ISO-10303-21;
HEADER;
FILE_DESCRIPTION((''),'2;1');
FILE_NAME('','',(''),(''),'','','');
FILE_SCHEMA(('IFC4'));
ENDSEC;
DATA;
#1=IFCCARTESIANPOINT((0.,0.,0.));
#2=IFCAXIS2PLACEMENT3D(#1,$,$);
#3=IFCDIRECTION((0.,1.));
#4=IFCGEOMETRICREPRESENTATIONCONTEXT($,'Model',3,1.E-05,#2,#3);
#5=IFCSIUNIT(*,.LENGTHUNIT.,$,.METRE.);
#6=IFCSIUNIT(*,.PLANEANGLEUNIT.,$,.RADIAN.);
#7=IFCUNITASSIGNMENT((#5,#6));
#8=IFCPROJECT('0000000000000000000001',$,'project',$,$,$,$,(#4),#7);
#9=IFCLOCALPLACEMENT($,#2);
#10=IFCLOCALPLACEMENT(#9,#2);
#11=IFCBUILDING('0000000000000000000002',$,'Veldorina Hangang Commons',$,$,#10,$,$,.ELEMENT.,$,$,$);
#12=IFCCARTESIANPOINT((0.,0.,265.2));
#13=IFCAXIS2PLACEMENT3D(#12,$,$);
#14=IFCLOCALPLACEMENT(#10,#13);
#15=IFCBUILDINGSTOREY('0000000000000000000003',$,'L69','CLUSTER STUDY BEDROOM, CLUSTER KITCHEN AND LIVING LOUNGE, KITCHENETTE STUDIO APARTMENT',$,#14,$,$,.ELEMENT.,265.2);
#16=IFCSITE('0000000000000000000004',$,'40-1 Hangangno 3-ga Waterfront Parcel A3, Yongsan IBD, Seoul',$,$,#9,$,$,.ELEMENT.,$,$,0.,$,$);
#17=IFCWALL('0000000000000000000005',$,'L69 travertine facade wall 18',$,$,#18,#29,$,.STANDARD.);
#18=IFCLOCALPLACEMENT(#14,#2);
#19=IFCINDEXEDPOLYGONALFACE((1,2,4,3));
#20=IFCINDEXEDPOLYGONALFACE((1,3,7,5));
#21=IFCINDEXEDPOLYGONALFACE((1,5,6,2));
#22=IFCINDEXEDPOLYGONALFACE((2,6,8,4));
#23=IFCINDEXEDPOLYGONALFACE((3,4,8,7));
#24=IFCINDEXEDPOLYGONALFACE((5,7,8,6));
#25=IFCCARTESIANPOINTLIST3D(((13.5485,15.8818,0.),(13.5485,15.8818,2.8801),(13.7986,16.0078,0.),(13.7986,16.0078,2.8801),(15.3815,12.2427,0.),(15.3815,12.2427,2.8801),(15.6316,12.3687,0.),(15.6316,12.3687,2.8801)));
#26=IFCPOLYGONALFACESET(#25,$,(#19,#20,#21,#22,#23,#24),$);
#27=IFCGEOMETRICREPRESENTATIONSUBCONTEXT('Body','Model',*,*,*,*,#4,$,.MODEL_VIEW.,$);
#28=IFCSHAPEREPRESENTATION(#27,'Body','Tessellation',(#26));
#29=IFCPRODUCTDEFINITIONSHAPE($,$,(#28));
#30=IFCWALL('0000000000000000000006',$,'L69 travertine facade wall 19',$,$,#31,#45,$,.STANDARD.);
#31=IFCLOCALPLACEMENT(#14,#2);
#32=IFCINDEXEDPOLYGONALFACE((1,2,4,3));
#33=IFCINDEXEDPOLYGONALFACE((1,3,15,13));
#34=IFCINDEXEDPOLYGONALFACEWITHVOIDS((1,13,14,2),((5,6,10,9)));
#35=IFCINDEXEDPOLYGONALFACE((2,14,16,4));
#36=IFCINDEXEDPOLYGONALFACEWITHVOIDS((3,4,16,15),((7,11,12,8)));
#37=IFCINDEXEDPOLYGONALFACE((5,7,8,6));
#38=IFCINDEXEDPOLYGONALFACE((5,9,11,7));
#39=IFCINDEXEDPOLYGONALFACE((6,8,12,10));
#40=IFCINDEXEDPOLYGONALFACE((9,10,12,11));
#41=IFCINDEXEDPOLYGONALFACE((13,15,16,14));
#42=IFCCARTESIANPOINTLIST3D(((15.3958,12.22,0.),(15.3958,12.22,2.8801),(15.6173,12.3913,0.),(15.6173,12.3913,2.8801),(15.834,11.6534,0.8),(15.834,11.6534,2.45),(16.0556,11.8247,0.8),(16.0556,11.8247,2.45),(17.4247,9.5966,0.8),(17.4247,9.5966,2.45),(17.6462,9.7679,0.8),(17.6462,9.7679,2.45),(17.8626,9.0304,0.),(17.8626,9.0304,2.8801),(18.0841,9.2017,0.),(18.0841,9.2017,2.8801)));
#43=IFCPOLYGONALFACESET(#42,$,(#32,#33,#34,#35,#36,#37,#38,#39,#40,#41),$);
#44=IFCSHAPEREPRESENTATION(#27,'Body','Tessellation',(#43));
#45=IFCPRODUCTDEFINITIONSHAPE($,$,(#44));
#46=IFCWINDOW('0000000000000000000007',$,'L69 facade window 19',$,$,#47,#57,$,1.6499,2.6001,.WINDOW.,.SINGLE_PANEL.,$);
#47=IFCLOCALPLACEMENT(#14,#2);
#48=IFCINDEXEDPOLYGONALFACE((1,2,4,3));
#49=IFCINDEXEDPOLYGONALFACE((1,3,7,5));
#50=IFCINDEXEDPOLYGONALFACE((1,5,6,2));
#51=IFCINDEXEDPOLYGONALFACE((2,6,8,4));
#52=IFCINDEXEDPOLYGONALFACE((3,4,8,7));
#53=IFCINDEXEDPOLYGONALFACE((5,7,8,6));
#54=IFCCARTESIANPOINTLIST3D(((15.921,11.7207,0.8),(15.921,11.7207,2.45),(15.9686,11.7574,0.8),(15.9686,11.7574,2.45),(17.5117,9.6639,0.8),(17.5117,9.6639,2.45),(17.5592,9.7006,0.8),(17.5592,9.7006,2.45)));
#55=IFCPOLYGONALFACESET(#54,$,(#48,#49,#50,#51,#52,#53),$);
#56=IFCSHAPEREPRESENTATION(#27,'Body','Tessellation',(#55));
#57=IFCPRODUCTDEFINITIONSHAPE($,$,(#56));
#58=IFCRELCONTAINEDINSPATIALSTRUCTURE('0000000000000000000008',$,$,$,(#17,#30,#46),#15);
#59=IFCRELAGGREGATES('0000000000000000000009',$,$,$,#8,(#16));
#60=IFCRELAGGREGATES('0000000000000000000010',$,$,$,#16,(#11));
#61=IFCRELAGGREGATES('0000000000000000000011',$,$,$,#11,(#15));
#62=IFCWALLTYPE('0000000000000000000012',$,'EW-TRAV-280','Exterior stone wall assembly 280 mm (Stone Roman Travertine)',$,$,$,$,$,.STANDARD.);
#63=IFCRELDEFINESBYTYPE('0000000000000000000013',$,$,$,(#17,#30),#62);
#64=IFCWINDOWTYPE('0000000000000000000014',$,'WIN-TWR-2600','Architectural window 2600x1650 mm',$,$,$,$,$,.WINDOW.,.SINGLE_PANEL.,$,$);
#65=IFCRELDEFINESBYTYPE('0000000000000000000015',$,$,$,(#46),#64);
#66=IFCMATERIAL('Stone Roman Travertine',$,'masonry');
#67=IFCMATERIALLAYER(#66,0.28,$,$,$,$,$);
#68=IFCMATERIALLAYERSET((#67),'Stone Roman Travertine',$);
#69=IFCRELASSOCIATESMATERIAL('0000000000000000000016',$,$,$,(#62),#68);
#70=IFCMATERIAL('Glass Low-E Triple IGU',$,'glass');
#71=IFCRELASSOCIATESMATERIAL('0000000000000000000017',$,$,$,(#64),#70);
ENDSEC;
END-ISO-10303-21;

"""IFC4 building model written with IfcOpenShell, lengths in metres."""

from ifc_helpers import new_model, si_unit, direction, frame, frame_2d, origin, place, context, subcontext, project, spatial, rectangle, extrude, material, layer, layer_set, type_object, element, fill, save


model = new_model("IFC4")

# Units and contexts
model_context = context("Model", 3, precision=1e-05, world=origin(), true_north=direction((0.0, 1.0)))
body_context = subcontext(model_context, "Body", "Model", "MODEL_VIEW")
ifc_project = project(units=[si_unit("LENGTHUNIT", "METRE"), si_unit("PLANEANGLEUNIT", "RADIAN")], contexts=[model_context])

# Site, building, storey
site_placement = place(None, origin())
site = spatial("IfcSite", under=ifc_project, at=site_placement, Name="40-1 Hangangno 3-ga Waterfront Parcel A3, Yongsan IBD, Seoul", CompositionType="ELEMENT", RefElevation=0.0)
building_placement = place(site_placement, origin())
building = spatial("IfcBuilding", under=site, at=building_placement, Name="Veldorina Hangang Commons", CompositionType="ELEMENT")
storey_placement = place(building_placement, frame((0.0, 0.0, 265.2)))
storey = spatial("IfcBuildingStorey", under=building, at=storey_placement, Name="L69", Description="CLUSTER STUDY BEDROOM, CLUSTER KITCHEN AND LIVING LOUNGE, KITCHENETTE STUDIO APARTMENT", CompositionType="ELEMENT", Elevation=265.2)

# Wall
ifc_material_1 = material(Name="Stone Roman Travertine", Category="masonry")
ifc_layer_1 = layer(ifc_material_1, 0.28)
ifc_layer_set_1 = layer_set([ifc_layer_1], Name="Stone Roman Travertine")
wall_type = type_object("IfcWallType", Name="EW-TRAV-280", Description="Exterior stone wall assembly 280 mm (Stone Roman Travertine)", PredefinedType="STANDARD", material=ifc_layer_set_1)
wall_1_placement = place(storey_placement, frame((13.6736, 15.9448, 0.0), z_axis=(0.0, 0.0, 1.0), x_axis=(0.449848, -0.893105, 0.0)))
element("IfcWall", 1, at=wall_1_placement, inside=storey, type_object=wall_type, Name="L69 travertine facade wall 18", PredefinedType="STANDARD", context=body_context, shape_type="SweptSolid", body=[
    extrude(rectangle(XDim=4.0747, YDim=0.28, at=frame_2d((2.0374, 0.0))), origin(), (0.0, 0.0, 1.0), 2.8801),
])

# Wall, opening, window
wall_2_placement = place(storey_placement, frame((15.5066, 12.3057, 0.0), z_axis=(0.0, 0.0, 1.0), x_axis=(0.611763, -0.791041, 0.0)))
wall_2 = element("IfcWall", 2, at=wall_2_placement, inside=storey, type_object=wall_type, Name="L69 travertine facade wall 19", PredefinedType="STANDARD", context=body_context, shape_type="SweptSolid", body=[
    extrude(rectangle(XDim=4.0322, YDim=0.28, at=frame_2d((2.0161, 0.0))), origin(), (0.0, 0.0, 1.0), 2.8801),
])
opening_placement = place(wall_2_placement, frame((0.7163, 0.0, 0.8)))
opening = element("IfcOpeningElement", 3, at=opening_placement, cuts=wall_2, PredefinedType="OPENING", context=body_context, shape_type="SweptSolid", body=[
    extrude(rectangle(XDim=2.6001, YDim=1.6499, at=frame_2d((1.3, 0.825))), frame((0.0, 0.1499, 0.0), z_axis=(0.0, -1.0, 0.0), x_axis=(1.0, 0.0, 0.0)), (0.0, 0.0, 1.0), 0.3),
])
ifc_material_2 = material(Name="Glass Low-E Triple IGU", Category="glass")
window_type = type_object("IfcWindowType", Name="WIN-TWR-2600", Description="Architectural window 2600x1650 mm", PartitioningType="SINGLE_PANEL", PredefinedType="WINDOW", material=ifc_material_2)
window_placement = place(opening_placement, origin())
window = element("IfcWindow", 4, at=window_placement, inside=storey, type_object=window_type, Name="L69 facade window 19", OverallHeight=1.6499, OverallWidth=2.6001, PartitioningType="SINGLE_PANEL", PredefinedType="WINDOW", context=body_context, shape_type="SweptSolid", body=[
    extrude(rectangle(XDim=2.6001, YDim=1.6499, at=frame_2d((1.3, 0.825))), frame((0.0, 0.03, 0.0), z_axis=(0.0, -1.0, 0.0), x_axis=(1.0, 0.0, 0.0)), (0.0, 0.0, 1.0), 0.0601),
])
fill(opening, window)

save(model, "model.ifc")
